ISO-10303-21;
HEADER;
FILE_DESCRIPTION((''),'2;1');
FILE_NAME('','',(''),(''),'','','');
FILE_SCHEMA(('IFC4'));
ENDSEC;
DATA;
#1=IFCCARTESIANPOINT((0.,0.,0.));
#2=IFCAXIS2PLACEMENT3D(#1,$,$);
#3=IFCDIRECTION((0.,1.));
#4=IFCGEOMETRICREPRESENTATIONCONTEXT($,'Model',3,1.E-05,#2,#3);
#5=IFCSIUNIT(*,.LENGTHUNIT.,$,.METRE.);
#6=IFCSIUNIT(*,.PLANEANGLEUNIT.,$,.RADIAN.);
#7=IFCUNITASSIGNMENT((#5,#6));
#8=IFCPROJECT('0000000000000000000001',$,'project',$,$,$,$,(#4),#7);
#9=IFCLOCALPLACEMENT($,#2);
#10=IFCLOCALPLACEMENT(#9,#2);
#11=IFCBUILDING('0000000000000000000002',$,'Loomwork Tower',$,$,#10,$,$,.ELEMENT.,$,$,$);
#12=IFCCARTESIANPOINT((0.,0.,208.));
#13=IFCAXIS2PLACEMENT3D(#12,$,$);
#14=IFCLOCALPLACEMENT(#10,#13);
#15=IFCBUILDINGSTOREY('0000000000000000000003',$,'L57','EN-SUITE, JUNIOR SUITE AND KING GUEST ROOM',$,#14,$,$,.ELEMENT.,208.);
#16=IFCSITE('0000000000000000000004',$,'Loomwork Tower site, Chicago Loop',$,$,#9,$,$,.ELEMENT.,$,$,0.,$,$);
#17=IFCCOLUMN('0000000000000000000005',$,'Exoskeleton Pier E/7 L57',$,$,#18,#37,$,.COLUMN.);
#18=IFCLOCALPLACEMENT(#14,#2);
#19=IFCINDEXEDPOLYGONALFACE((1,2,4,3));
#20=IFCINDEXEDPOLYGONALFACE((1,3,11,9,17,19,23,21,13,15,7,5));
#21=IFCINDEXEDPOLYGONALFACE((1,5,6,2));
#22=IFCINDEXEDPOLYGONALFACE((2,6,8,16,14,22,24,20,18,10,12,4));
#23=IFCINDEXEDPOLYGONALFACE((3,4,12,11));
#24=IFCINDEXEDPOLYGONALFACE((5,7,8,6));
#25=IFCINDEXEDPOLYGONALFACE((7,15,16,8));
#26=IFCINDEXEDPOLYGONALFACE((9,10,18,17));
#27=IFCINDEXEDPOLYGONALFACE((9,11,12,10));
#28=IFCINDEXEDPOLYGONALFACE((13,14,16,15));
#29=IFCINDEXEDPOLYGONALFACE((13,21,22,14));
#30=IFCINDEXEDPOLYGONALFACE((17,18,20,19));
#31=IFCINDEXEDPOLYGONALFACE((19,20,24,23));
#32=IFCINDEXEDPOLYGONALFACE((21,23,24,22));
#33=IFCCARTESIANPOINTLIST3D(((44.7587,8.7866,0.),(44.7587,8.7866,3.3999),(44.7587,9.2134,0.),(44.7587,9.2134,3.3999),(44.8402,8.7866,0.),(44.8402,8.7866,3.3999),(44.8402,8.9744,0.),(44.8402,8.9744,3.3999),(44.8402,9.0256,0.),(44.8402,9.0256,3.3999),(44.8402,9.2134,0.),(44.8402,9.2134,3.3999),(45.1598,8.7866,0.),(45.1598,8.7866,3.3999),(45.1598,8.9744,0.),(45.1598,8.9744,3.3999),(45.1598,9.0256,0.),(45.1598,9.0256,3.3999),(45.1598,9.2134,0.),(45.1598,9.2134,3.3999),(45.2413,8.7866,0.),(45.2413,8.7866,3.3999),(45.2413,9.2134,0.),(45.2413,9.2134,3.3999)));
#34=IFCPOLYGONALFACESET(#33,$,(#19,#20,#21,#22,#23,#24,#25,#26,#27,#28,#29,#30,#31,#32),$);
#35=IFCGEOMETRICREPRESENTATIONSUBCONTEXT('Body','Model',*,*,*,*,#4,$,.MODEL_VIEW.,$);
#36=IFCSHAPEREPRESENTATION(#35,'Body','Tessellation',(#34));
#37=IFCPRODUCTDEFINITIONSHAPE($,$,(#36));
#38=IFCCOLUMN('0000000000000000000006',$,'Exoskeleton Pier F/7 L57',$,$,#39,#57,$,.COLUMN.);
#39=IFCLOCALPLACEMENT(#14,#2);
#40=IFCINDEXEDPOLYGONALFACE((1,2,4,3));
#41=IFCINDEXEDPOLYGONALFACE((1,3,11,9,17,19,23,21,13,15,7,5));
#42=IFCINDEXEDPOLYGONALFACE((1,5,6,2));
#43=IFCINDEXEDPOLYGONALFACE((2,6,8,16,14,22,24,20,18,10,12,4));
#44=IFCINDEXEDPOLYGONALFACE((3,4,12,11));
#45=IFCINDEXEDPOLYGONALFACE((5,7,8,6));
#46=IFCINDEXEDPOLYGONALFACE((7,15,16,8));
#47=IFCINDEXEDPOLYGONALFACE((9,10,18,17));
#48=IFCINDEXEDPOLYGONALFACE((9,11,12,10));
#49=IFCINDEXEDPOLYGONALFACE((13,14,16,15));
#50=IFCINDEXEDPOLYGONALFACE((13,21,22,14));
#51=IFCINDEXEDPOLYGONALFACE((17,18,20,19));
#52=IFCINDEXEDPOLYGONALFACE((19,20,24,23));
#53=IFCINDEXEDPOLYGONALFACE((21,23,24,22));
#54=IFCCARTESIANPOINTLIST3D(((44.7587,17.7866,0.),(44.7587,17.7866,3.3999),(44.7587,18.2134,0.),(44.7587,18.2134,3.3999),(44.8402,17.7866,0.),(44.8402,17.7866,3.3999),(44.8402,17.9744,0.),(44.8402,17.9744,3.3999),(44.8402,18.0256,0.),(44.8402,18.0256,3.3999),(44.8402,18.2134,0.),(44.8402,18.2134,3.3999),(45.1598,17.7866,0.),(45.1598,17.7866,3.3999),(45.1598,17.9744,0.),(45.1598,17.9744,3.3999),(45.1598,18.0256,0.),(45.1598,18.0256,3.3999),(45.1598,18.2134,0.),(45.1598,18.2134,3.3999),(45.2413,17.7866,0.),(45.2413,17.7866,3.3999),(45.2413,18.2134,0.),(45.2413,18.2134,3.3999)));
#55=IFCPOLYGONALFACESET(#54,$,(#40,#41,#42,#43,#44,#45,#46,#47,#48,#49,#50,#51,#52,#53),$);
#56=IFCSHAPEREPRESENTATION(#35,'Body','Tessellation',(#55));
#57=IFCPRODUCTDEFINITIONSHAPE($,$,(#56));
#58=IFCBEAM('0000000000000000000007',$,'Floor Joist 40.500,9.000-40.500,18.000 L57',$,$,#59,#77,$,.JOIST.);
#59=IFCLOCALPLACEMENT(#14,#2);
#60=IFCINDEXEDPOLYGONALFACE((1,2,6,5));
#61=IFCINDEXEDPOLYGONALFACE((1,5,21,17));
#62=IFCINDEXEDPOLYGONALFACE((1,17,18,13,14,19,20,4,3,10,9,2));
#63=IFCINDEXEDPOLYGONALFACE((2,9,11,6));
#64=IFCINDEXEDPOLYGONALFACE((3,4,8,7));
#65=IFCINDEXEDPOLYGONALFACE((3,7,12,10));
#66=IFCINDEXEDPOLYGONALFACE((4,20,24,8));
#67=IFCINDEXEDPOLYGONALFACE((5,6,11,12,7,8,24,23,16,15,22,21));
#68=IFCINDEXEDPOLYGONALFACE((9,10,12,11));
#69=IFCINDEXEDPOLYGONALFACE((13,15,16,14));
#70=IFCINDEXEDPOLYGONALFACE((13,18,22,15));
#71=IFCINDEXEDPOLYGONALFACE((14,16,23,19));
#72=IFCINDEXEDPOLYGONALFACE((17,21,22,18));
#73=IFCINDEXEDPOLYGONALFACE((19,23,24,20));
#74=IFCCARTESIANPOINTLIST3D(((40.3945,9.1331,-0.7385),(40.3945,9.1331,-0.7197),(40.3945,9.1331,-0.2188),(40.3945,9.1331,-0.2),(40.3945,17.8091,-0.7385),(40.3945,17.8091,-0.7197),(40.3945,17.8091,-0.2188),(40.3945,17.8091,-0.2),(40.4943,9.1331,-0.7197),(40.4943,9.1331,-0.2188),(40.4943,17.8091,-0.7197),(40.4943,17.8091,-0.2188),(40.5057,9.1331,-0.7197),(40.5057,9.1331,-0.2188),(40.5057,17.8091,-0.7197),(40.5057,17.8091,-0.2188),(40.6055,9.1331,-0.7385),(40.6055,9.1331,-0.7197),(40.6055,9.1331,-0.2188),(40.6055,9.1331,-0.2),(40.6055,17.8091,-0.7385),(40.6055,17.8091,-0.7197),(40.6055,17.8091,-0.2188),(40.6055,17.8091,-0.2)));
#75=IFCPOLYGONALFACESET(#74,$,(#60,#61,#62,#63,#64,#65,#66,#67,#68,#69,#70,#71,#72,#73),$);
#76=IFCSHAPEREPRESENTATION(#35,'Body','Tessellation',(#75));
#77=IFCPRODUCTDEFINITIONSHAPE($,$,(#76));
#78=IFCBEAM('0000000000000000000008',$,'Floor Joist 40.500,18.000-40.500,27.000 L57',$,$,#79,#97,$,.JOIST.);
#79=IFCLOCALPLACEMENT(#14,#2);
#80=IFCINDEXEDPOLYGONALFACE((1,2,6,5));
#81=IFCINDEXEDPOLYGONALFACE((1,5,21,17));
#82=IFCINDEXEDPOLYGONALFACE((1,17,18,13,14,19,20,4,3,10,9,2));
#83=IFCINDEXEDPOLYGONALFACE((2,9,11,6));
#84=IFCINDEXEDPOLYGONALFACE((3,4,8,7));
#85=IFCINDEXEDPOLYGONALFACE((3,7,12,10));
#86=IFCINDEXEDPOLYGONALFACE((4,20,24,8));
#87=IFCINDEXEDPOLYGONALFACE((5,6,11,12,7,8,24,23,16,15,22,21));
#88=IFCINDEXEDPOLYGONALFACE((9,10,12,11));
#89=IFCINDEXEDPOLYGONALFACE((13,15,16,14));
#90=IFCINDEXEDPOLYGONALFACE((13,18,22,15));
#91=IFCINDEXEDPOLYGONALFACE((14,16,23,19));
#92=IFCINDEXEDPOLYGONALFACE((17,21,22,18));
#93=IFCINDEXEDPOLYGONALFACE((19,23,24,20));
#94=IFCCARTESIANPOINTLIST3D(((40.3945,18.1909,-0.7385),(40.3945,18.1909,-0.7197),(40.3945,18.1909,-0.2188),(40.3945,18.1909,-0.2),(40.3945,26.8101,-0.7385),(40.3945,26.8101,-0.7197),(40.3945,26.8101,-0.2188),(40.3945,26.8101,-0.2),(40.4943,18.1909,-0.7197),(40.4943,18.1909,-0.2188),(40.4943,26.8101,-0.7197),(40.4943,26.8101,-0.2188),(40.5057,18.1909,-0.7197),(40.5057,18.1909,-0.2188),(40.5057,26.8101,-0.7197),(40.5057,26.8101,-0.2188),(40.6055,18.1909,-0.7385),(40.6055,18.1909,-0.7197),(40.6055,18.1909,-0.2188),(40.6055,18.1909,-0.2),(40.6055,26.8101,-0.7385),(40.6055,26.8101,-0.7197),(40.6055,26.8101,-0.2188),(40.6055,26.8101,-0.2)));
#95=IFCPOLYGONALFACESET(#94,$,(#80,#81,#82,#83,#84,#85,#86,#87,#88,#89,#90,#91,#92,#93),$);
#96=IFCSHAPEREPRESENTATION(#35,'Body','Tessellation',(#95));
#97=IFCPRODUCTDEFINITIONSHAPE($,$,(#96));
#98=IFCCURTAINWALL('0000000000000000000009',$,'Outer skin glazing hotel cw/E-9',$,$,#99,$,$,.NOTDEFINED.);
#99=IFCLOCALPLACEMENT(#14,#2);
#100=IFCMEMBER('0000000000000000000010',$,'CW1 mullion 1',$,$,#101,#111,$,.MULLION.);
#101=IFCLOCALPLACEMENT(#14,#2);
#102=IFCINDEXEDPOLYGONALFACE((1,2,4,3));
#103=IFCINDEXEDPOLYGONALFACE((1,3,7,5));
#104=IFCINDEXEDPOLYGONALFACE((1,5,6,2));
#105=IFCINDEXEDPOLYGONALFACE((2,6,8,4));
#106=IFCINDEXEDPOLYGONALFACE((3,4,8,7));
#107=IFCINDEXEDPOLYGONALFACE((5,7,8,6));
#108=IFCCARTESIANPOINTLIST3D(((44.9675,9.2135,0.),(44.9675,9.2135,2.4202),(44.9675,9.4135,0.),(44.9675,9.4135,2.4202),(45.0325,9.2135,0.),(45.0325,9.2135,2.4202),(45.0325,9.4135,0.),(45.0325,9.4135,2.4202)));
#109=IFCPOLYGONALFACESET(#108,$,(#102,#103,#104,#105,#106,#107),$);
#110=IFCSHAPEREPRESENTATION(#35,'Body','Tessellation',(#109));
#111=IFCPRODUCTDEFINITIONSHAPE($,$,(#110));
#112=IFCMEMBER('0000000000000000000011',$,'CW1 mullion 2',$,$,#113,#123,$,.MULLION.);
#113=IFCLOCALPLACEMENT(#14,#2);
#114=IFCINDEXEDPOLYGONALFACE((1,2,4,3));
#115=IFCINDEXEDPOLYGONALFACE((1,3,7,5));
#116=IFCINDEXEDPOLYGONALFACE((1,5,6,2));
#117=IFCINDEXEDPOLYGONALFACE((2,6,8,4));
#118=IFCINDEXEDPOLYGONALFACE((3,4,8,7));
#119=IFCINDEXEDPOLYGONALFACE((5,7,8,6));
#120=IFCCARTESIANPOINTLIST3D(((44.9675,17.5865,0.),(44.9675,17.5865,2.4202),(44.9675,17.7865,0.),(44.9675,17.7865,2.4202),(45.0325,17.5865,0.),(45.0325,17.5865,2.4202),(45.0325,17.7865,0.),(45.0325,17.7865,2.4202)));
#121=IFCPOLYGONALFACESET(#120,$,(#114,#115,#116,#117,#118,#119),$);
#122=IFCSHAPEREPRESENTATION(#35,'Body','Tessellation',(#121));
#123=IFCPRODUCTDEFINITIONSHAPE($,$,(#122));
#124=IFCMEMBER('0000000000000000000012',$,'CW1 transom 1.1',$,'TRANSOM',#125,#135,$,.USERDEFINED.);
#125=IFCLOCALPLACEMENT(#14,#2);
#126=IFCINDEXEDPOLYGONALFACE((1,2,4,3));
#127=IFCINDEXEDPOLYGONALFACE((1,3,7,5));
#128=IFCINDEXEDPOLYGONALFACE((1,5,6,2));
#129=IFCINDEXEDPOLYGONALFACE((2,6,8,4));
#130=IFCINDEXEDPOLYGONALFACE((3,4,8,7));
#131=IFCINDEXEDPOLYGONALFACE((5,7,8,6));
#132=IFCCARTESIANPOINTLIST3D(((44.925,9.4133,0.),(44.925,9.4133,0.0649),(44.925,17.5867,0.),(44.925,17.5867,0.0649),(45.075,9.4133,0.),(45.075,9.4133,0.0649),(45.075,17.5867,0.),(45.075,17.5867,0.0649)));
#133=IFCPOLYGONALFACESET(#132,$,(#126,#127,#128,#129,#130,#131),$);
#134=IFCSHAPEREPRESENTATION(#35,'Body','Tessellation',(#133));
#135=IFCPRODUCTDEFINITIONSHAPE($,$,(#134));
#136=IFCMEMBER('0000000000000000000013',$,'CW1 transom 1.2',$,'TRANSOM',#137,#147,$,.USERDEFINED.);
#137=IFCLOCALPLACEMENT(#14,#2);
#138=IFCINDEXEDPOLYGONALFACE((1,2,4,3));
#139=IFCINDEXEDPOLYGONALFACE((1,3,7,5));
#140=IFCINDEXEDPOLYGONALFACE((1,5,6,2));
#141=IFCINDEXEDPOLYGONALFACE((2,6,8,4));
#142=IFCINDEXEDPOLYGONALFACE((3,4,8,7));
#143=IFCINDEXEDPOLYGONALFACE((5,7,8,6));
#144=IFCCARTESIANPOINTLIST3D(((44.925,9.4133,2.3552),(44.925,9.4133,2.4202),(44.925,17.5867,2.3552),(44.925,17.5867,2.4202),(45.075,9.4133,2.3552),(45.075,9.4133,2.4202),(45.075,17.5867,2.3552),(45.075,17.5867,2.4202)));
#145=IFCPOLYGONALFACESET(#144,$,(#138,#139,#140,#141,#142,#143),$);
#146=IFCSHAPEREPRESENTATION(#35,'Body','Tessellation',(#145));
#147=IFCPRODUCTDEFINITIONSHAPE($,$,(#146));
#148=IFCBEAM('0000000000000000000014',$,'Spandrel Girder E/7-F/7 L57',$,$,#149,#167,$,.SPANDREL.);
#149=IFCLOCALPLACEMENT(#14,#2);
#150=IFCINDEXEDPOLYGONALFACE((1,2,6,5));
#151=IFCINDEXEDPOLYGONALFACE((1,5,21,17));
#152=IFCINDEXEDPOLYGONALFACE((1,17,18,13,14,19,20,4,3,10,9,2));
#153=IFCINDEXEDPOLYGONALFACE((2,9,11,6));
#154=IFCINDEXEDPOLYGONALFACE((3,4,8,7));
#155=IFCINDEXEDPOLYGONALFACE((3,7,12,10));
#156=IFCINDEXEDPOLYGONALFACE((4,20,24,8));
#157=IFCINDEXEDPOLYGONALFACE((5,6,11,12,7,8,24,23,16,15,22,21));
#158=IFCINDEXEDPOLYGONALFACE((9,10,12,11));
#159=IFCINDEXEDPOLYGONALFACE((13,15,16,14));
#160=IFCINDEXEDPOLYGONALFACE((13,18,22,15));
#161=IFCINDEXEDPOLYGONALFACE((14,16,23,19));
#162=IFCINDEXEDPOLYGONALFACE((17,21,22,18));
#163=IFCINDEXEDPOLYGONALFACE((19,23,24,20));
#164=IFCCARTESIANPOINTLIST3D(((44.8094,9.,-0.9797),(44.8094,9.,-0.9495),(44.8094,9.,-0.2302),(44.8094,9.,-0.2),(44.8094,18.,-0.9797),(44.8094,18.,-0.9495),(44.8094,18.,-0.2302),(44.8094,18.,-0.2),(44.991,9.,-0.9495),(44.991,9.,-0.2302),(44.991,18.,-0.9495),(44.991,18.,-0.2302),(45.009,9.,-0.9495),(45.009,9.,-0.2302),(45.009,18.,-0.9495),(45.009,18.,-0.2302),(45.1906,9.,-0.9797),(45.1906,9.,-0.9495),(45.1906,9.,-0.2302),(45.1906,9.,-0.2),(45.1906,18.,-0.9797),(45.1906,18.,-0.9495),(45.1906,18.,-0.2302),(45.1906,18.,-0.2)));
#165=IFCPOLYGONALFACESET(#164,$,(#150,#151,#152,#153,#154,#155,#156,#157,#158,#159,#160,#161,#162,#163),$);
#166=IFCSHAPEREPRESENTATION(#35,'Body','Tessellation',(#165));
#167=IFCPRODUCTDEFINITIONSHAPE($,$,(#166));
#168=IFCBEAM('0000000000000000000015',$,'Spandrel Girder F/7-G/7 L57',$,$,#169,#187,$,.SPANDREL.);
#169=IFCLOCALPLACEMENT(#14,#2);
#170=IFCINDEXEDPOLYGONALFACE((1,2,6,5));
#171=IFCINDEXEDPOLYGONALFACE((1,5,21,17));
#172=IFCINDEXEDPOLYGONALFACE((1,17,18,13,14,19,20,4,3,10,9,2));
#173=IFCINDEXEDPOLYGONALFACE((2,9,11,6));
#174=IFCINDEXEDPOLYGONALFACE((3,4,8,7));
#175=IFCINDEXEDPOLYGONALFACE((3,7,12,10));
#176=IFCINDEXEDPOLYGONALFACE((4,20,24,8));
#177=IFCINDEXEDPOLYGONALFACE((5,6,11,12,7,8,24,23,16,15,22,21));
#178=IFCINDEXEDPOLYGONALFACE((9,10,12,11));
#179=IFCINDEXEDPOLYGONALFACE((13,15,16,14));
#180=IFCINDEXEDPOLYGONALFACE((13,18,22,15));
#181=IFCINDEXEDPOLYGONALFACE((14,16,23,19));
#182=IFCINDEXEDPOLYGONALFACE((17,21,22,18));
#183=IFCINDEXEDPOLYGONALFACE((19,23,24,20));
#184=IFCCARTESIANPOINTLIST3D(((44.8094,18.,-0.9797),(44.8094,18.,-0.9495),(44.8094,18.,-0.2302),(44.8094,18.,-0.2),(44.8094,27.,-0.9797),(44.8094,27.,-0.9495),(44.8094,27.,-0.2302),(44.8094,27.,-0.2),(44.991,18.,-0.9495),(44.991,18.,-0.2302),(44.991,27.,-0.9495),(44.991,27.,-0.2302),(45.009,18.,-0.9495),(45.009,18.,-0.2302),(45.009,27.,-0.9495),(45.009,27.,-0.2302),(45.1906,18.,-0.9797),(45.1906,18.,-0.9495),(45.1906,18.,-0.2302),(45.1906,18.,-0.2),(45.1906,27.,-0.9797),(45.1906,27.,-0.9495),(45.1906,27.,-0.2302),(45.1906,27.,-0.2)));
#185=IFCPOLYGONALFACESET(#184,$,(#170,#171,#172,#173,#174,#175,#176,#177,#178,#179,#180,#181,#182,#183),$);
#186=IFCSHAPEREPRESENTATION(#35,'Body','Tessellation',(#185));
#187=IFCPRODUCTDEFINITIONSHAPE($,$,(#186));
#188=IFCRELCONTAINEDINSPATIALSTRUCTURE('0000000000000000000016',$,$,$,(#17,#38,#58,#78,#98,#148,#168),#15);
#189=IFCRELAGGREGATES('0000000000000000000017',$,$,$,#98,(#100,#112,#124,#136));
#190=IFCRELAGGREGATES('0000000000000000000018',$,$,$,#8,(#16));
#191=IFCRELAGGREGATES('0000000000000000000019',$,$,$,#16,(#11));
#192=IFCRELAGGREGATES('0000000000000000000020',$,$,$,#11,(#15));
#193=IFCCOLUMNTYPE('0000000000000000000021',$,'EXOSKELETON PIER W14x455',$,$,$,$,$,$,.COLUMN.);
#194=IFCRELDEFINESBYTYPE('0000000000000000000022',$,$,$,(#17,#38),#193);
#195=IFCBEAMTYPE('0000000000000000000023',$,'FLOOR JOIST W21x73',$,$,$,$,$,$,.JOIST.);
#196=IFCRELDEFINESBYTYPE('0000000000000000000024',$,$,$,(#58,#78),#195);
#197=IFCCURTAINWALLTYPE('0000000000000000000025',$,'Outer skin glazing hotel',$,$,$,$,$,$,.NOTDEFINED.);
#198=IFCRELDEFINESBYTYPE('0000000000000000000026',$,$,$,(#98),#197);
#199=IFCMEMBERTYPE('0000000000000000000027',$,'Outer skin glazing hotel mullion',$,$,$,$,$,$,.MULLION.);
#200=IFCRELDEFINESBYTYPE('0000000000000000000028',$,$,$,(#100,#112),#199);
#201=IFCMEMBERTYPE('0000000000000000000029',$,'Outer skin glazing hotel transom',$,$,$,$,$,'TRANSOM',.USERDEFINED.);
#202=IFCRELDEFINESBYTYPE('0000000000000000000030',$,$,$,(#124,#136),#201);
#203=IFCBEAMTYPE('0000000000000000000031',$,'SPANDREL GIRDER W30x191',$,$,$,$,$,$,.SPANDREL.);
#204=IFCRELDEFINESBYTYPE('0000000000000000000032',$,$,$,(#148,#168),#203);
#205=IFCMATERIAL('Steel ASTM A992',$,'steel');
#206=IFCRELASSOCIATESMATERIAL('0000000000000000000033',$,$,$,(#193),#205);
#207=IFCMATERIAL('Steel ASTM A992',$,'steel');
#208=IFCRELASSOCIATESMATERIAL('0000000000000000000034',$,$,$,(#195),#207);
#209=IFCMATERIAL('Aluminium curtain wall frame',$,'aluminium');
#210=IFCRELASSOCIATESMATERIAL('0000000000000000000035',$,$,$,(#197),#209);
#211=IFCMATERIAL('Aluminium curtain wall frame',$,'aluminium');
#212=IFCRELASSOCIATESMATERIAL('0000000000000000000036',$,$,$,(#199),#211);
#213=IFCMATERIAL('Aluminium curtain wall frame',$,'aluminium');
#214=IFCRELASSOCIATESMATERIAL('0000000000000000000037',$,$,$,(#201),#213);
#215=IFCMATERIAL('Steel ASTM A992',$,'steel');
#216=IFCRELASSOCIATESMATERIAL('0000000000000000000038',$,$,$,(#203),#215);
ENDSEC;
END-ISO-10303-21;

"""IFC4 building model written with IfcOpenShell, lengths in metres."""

from ifc_helpers import new_model, si_unit, direction, frame, origin, origin_2d, place, context, subcontext, project, spatial, rectangle, i_section, extrude, material, material_profile, profile_set, type_object, element, aggregate, save


model = new_model("IFC4")

# Units and contexts
model_context = context("Model", 3, precision=1e-05, world=origin(), true_north=direction((0.0, 1.0)))
body_context = subcontext(model_context, "Body", "Model", "MODEL_VIEW")
ifc_project = project(units=[si_unit("LENGTHUNIT", "METRE"), si_unit("PLANEANGLEUNIT", "RADIAN")], contexts=[model_context])

# Site, building, storey
site_placement = place(None, origin())
site = spatial("IfcSite", under=ifc_project, at=site_placement, Name="Loomwork Tower site, Chicago Loop", CompositionType="ELEMENT", RefElevation=0.0)
building_placement = place(site_placement, origin())
building = spatial("IfcBuilding", under=site, at=building_placement, Name="Loomwork Tower", CompositionType="ELEMENT")
storey_placement = place(building_placement, frame((0.0, 0.0, 208.0)))
storey = spatial("IfcBuildingStorey", under=building, at=storey_placement, Name="L57", Description="EN-SUITE, JUNIOR SUITE AND KING GUEST ROOM", CompositionType="ELEMENT", Elevation=208.0)

# Columns
ifc_material_1 = material(Name="Steel ASTM A992", Category="steel")
ifc_material_profile_1 = material_profile(ifc_material_1, i_section(OverallWidth=0.4268, OverallDepth=0.4827, WebThickness=0.0513, FlangeThickness=0.0815, at=origin_2d()), Name="W14x455")
ifc_profile_set_1 = profile_set([ifc_material_profile_1], Name="Steel ASTM A992")
column_type = type_object("IfcColumnType", Name="EXOSKELETON PIER W14x455", PredefinedType="COLUMN", material=ifc_profile_set_1)
for number, where, z_axis, x_axis, name in (
    (1, (45.0, 9.0, 0.0), (0.0, 0.0, 1.0), (0.0, 1.0, 0.0), "Exoskeleton Pier E/7 L57"),
    (2, (45.0, 18.0, 0.0), (0.0, 0.0, 1.0), (0.0, 1.0, 0.0), "Exoskeleton Pier F/7 L57"),
):
    element("IfcColumn", number, at=place(storey_placement, frame(where, z_axis=z_axis, x_axis=x_axis)), inside=storey, type_object=column_type, Name=name, PredefinedType="COLUMN", context=body_context, shape_type="SweptSolid", body=[
        extrude(i_section(OverallWidth=0.4268, OverallDepth=0.4827, WebThickness=0.0513, FlangeThickness=0.0815, at=origin_2d()), origin(), (0.0, 0.0, 1.0), 3.3999),
    ])

# Beams
ifc_material_2 = material(Name="Steel ASTM A992", Category="steel")
ifc_material_profile_2 = material_profile(ifc_material_2, i_section(OverallWidth=0.2109, OverallDepth=0.5386, WebThickness=0.0115, FlangeThickness=0.0188, at=origin_2d()), Name="W21x73")
ifc_profile_set_2 = profile_set([ifc_material_profile_2], Name="Steel ASTM A992")
beam_type_1 = type_object("IfcBeamType", Name="FLOOR JOIST W21x73", PredefinedType="JOIST", material=ifc_profile_set_2)
beam_1_placement = place(storey_placement, frame((40.5, 9.1331, -0.4692), z_axis=(0.0, 1.0, 0.0), x_axis=(-1.0, 0.0, 0.0)))
element("IfcBeam", 3, at=beam_1_placement, inside=storey, type_object=beam_type_1, Name="Floor Joist 40.500,9.000-40.500,18.000 L57", PredefinedType="JOIST", context=body_context, shape_type="SweptSolid", body=[
    extrude(i_section(OverallWidth=0.2109, OverallDepth=0.5386, WebThickness=0.0115, FlangeThickness=0.0188, at=origin_2d()), origin(), (0.0, 0.0, 1.0), 8.676),
])
beam_2_placement = place(storey_placement, frame((40.5, 18.1909, -0.4692), z_axis=(0.0, 1.0, 0.0), x_axis=(-1.0, 0.0, 0.0)))
element("IfcBeam", 4, at=beam_2_placement, inside=storey, type_object=beam_type_1, Name="Floor Joist 40.500,18.000-40.500,27.000 L57", PredefinedType="JOIST", context=body_context, shape_type="SweptSolid", body=[
    extrude(i_section(OverallWidth=0.2109, OverallDepth=0.5386, WebThickness=0.0115, FlangeThickness=0.0188, at=origin_2d()), origin(), (0.0, 0.0, 1.0), 8.6191),
])

# Curtain wall, members
ifc_material_3 = material(Name="Aluminium curtain wall frame", Category="aluminium")
curtain_wall_type = type_object("IfcCurtainWallType", Name="Outer skin glazing hotel", PredefinedType="NOTDEFINED", material=ifc_material_3)
curtain_wall_placement = place(storey_placement, origin())
curtain_wall = element("IfcCurtainWall", 5, at=curtain_wall_placement, inside=storey, type_object=curtain_wall_type, Name="Outer skin glazing hotel cw/E-9", PredefinedType="NOTDEFINED")
ifc_material_4 = material(Name="Aluminium curtain wall frame", Category="aluminium")
ifc_material_profile_3 = material_profile(ifc_material_4, rectangle(XDim=0.0649, YDim=0.2, at=origin_2d()), Name="AL 65x200")
ifc_profile_set_3 = profile_set([ifc_material_profile_3], Name="Aluminium curtain wall frame")
member_type_1 = type_object("IfcMemberType", Name="Outer skin glazing hotel mullion", PredefinedType="MULLION", material=ifc_profile_set_3)
member_1_placement = place(storey_placement, frame((45.0, 9.3135, 0.0), z_axis=(0.0, 0.0, 1.0), x_axis=(-1.0, 0.0, 0.0)))
member_1 = element("IfcMember", 6, at=member_1_placement, type_object=member_type_1, Name="CW1 mullion 1", PredefinedType="MULLION", context=body_context, shape_type="SweptSolid", body=[
    extrude(rectangle(XDim=0.0649, YDim=0.2, at=origin_2d()), origin(), (0.0, 0.0, 1.0), 2.4202),
])
member_2_placement = place(storey_placement, frame((45.0, 17.6865, 0.0), z_axis=(0.0, 0.0, 1.0), x_axis=(-1.0, 0.0, 0.0)))
member_2 = element("IfcMember", 7, at=member_2_placement, type_object=member_type_1, Name="CW1 mullion 2", PredefinedType="MULLION", context=body_context, shape_type="SweptSolid", body=[
    extrude(rectangle(XDim=0.0649, YDim=0.2, at=origin_2d()), origin(), (0.0, 0.0, 1.0), 2.4202),
])
ifc_material_5 = material(Name="Aluminium curtain wall frame", Category="aluminium")
ifc_material_profile_4 = material_profile(ifc_material_5, rectangle(XDim=0.1499, YDim=0.0649, at=origin_2d()), Name="AL 65x150")
ifc_profile_set_4 = profile_set([ifc_material_profile_4], Name="Aluminium curtain wall frame")
member_type_2 = type_object("IfcMemberType", Name="Outer skin glazing hotel transom", ElementType="TRANSOM", PredefinedType="USERDEFINED", material=ifc_profile_set_4)
member_3_placement = place(storey_placement, frame((45.0, 9.4133, 0.0325), z_axis=(0.0, 1.0, 0.0), x_axis=(-1.0, 0.0, 0.0)))
member_3 = element("IfcMember", 8, at=member_3_placement, type_object=member_type_2, Name="CW1 transom 1.1", ObjectType="TRANSOM", PredefinedType="USERDEFINED", context=body_context, shape_type="SweptSolid", body=[
    extrude(rectangle(XDim=0.1499, YDim=0.0649, at=origin_2d()), origin(), (0.0, 0.0, 1.0), 8.1733),
])
member_4_placement = place(storey_placement, frame((45.0, 9.4133, 2.3877), z_axis=(0.0, 1.0, 0.0), x_axis=(-1.0, 0.0, 0.0)))
member_4 = element("IfcMember", 9, at=member_4_placement, type_object=member_type_2, Name="CW1 transom 1.2", ObjectType="TRANSOM", PredefinedType="USERDEFINED", context=body_context, shape_type="SweptSolid", body=[
    extrude(rectangle(XDim=0.1499, YDim=0.0649, at=origin_2d()), origin(), (0.0, 0.0, 1.0), 8.1733),
])

# Beams
ifc_material_6 = material(Name="Steel ASTM A992", Category="steel")
ifc_material_profile_5 = material_profile(ifc_material_6, i_section(OverallWidth=0.3811, OverallDepth=0.7798, WebThickness=0.0181, FlangeThickness=0.0303, at=origin_2d()), Name="W30x191")
ifc_profile_set_5 = profile_set([ifc_material_profile_5], Name="Steel ASTM A992")
beam_type_2 = type_object("IfcBeamType", Name="SPANDREL GIRDER W30x191", PredefinedType="SPANDREL", material=ifc_profile_set_5)
for number, where, z_axis, x_axis, name in (
    (10, (45.0, 9.0, -0.5898), (0.0, 1.0, 0.0), (-1.0, 0.0, 0.0), "Spandrel Girder E/7-F/7 L57"),
    (11, (45.0, 18.0, -0.5898), (0.0, 1.0, 0.0), (-1.0, 0.0, 0.0), "Spandrel Girder F/7-G/7 L57"),
):
    element("IfcBeam", number, at=place(storey_placement, frame(where, z_axis=z_axis, x_axis=x_axis)), inside=storey, type_object=beam_type_2, Name=name, PredefinedType="SPANDREL", context=body_context, shape_type="SweptSolid", body=[
        extrude(i_section(OverallWidth=0.3811, OverallDepth=0.7798, WebThickness=0.0181, FlangeThickness=0.0303, at=origin_2d()), origin(), (0.0, 0.0, 1.0), 9.0),
    ])

aggregate(curtain_wall, [member_1, member_2, member_3, member_4])

save(model, "model.ifc")
